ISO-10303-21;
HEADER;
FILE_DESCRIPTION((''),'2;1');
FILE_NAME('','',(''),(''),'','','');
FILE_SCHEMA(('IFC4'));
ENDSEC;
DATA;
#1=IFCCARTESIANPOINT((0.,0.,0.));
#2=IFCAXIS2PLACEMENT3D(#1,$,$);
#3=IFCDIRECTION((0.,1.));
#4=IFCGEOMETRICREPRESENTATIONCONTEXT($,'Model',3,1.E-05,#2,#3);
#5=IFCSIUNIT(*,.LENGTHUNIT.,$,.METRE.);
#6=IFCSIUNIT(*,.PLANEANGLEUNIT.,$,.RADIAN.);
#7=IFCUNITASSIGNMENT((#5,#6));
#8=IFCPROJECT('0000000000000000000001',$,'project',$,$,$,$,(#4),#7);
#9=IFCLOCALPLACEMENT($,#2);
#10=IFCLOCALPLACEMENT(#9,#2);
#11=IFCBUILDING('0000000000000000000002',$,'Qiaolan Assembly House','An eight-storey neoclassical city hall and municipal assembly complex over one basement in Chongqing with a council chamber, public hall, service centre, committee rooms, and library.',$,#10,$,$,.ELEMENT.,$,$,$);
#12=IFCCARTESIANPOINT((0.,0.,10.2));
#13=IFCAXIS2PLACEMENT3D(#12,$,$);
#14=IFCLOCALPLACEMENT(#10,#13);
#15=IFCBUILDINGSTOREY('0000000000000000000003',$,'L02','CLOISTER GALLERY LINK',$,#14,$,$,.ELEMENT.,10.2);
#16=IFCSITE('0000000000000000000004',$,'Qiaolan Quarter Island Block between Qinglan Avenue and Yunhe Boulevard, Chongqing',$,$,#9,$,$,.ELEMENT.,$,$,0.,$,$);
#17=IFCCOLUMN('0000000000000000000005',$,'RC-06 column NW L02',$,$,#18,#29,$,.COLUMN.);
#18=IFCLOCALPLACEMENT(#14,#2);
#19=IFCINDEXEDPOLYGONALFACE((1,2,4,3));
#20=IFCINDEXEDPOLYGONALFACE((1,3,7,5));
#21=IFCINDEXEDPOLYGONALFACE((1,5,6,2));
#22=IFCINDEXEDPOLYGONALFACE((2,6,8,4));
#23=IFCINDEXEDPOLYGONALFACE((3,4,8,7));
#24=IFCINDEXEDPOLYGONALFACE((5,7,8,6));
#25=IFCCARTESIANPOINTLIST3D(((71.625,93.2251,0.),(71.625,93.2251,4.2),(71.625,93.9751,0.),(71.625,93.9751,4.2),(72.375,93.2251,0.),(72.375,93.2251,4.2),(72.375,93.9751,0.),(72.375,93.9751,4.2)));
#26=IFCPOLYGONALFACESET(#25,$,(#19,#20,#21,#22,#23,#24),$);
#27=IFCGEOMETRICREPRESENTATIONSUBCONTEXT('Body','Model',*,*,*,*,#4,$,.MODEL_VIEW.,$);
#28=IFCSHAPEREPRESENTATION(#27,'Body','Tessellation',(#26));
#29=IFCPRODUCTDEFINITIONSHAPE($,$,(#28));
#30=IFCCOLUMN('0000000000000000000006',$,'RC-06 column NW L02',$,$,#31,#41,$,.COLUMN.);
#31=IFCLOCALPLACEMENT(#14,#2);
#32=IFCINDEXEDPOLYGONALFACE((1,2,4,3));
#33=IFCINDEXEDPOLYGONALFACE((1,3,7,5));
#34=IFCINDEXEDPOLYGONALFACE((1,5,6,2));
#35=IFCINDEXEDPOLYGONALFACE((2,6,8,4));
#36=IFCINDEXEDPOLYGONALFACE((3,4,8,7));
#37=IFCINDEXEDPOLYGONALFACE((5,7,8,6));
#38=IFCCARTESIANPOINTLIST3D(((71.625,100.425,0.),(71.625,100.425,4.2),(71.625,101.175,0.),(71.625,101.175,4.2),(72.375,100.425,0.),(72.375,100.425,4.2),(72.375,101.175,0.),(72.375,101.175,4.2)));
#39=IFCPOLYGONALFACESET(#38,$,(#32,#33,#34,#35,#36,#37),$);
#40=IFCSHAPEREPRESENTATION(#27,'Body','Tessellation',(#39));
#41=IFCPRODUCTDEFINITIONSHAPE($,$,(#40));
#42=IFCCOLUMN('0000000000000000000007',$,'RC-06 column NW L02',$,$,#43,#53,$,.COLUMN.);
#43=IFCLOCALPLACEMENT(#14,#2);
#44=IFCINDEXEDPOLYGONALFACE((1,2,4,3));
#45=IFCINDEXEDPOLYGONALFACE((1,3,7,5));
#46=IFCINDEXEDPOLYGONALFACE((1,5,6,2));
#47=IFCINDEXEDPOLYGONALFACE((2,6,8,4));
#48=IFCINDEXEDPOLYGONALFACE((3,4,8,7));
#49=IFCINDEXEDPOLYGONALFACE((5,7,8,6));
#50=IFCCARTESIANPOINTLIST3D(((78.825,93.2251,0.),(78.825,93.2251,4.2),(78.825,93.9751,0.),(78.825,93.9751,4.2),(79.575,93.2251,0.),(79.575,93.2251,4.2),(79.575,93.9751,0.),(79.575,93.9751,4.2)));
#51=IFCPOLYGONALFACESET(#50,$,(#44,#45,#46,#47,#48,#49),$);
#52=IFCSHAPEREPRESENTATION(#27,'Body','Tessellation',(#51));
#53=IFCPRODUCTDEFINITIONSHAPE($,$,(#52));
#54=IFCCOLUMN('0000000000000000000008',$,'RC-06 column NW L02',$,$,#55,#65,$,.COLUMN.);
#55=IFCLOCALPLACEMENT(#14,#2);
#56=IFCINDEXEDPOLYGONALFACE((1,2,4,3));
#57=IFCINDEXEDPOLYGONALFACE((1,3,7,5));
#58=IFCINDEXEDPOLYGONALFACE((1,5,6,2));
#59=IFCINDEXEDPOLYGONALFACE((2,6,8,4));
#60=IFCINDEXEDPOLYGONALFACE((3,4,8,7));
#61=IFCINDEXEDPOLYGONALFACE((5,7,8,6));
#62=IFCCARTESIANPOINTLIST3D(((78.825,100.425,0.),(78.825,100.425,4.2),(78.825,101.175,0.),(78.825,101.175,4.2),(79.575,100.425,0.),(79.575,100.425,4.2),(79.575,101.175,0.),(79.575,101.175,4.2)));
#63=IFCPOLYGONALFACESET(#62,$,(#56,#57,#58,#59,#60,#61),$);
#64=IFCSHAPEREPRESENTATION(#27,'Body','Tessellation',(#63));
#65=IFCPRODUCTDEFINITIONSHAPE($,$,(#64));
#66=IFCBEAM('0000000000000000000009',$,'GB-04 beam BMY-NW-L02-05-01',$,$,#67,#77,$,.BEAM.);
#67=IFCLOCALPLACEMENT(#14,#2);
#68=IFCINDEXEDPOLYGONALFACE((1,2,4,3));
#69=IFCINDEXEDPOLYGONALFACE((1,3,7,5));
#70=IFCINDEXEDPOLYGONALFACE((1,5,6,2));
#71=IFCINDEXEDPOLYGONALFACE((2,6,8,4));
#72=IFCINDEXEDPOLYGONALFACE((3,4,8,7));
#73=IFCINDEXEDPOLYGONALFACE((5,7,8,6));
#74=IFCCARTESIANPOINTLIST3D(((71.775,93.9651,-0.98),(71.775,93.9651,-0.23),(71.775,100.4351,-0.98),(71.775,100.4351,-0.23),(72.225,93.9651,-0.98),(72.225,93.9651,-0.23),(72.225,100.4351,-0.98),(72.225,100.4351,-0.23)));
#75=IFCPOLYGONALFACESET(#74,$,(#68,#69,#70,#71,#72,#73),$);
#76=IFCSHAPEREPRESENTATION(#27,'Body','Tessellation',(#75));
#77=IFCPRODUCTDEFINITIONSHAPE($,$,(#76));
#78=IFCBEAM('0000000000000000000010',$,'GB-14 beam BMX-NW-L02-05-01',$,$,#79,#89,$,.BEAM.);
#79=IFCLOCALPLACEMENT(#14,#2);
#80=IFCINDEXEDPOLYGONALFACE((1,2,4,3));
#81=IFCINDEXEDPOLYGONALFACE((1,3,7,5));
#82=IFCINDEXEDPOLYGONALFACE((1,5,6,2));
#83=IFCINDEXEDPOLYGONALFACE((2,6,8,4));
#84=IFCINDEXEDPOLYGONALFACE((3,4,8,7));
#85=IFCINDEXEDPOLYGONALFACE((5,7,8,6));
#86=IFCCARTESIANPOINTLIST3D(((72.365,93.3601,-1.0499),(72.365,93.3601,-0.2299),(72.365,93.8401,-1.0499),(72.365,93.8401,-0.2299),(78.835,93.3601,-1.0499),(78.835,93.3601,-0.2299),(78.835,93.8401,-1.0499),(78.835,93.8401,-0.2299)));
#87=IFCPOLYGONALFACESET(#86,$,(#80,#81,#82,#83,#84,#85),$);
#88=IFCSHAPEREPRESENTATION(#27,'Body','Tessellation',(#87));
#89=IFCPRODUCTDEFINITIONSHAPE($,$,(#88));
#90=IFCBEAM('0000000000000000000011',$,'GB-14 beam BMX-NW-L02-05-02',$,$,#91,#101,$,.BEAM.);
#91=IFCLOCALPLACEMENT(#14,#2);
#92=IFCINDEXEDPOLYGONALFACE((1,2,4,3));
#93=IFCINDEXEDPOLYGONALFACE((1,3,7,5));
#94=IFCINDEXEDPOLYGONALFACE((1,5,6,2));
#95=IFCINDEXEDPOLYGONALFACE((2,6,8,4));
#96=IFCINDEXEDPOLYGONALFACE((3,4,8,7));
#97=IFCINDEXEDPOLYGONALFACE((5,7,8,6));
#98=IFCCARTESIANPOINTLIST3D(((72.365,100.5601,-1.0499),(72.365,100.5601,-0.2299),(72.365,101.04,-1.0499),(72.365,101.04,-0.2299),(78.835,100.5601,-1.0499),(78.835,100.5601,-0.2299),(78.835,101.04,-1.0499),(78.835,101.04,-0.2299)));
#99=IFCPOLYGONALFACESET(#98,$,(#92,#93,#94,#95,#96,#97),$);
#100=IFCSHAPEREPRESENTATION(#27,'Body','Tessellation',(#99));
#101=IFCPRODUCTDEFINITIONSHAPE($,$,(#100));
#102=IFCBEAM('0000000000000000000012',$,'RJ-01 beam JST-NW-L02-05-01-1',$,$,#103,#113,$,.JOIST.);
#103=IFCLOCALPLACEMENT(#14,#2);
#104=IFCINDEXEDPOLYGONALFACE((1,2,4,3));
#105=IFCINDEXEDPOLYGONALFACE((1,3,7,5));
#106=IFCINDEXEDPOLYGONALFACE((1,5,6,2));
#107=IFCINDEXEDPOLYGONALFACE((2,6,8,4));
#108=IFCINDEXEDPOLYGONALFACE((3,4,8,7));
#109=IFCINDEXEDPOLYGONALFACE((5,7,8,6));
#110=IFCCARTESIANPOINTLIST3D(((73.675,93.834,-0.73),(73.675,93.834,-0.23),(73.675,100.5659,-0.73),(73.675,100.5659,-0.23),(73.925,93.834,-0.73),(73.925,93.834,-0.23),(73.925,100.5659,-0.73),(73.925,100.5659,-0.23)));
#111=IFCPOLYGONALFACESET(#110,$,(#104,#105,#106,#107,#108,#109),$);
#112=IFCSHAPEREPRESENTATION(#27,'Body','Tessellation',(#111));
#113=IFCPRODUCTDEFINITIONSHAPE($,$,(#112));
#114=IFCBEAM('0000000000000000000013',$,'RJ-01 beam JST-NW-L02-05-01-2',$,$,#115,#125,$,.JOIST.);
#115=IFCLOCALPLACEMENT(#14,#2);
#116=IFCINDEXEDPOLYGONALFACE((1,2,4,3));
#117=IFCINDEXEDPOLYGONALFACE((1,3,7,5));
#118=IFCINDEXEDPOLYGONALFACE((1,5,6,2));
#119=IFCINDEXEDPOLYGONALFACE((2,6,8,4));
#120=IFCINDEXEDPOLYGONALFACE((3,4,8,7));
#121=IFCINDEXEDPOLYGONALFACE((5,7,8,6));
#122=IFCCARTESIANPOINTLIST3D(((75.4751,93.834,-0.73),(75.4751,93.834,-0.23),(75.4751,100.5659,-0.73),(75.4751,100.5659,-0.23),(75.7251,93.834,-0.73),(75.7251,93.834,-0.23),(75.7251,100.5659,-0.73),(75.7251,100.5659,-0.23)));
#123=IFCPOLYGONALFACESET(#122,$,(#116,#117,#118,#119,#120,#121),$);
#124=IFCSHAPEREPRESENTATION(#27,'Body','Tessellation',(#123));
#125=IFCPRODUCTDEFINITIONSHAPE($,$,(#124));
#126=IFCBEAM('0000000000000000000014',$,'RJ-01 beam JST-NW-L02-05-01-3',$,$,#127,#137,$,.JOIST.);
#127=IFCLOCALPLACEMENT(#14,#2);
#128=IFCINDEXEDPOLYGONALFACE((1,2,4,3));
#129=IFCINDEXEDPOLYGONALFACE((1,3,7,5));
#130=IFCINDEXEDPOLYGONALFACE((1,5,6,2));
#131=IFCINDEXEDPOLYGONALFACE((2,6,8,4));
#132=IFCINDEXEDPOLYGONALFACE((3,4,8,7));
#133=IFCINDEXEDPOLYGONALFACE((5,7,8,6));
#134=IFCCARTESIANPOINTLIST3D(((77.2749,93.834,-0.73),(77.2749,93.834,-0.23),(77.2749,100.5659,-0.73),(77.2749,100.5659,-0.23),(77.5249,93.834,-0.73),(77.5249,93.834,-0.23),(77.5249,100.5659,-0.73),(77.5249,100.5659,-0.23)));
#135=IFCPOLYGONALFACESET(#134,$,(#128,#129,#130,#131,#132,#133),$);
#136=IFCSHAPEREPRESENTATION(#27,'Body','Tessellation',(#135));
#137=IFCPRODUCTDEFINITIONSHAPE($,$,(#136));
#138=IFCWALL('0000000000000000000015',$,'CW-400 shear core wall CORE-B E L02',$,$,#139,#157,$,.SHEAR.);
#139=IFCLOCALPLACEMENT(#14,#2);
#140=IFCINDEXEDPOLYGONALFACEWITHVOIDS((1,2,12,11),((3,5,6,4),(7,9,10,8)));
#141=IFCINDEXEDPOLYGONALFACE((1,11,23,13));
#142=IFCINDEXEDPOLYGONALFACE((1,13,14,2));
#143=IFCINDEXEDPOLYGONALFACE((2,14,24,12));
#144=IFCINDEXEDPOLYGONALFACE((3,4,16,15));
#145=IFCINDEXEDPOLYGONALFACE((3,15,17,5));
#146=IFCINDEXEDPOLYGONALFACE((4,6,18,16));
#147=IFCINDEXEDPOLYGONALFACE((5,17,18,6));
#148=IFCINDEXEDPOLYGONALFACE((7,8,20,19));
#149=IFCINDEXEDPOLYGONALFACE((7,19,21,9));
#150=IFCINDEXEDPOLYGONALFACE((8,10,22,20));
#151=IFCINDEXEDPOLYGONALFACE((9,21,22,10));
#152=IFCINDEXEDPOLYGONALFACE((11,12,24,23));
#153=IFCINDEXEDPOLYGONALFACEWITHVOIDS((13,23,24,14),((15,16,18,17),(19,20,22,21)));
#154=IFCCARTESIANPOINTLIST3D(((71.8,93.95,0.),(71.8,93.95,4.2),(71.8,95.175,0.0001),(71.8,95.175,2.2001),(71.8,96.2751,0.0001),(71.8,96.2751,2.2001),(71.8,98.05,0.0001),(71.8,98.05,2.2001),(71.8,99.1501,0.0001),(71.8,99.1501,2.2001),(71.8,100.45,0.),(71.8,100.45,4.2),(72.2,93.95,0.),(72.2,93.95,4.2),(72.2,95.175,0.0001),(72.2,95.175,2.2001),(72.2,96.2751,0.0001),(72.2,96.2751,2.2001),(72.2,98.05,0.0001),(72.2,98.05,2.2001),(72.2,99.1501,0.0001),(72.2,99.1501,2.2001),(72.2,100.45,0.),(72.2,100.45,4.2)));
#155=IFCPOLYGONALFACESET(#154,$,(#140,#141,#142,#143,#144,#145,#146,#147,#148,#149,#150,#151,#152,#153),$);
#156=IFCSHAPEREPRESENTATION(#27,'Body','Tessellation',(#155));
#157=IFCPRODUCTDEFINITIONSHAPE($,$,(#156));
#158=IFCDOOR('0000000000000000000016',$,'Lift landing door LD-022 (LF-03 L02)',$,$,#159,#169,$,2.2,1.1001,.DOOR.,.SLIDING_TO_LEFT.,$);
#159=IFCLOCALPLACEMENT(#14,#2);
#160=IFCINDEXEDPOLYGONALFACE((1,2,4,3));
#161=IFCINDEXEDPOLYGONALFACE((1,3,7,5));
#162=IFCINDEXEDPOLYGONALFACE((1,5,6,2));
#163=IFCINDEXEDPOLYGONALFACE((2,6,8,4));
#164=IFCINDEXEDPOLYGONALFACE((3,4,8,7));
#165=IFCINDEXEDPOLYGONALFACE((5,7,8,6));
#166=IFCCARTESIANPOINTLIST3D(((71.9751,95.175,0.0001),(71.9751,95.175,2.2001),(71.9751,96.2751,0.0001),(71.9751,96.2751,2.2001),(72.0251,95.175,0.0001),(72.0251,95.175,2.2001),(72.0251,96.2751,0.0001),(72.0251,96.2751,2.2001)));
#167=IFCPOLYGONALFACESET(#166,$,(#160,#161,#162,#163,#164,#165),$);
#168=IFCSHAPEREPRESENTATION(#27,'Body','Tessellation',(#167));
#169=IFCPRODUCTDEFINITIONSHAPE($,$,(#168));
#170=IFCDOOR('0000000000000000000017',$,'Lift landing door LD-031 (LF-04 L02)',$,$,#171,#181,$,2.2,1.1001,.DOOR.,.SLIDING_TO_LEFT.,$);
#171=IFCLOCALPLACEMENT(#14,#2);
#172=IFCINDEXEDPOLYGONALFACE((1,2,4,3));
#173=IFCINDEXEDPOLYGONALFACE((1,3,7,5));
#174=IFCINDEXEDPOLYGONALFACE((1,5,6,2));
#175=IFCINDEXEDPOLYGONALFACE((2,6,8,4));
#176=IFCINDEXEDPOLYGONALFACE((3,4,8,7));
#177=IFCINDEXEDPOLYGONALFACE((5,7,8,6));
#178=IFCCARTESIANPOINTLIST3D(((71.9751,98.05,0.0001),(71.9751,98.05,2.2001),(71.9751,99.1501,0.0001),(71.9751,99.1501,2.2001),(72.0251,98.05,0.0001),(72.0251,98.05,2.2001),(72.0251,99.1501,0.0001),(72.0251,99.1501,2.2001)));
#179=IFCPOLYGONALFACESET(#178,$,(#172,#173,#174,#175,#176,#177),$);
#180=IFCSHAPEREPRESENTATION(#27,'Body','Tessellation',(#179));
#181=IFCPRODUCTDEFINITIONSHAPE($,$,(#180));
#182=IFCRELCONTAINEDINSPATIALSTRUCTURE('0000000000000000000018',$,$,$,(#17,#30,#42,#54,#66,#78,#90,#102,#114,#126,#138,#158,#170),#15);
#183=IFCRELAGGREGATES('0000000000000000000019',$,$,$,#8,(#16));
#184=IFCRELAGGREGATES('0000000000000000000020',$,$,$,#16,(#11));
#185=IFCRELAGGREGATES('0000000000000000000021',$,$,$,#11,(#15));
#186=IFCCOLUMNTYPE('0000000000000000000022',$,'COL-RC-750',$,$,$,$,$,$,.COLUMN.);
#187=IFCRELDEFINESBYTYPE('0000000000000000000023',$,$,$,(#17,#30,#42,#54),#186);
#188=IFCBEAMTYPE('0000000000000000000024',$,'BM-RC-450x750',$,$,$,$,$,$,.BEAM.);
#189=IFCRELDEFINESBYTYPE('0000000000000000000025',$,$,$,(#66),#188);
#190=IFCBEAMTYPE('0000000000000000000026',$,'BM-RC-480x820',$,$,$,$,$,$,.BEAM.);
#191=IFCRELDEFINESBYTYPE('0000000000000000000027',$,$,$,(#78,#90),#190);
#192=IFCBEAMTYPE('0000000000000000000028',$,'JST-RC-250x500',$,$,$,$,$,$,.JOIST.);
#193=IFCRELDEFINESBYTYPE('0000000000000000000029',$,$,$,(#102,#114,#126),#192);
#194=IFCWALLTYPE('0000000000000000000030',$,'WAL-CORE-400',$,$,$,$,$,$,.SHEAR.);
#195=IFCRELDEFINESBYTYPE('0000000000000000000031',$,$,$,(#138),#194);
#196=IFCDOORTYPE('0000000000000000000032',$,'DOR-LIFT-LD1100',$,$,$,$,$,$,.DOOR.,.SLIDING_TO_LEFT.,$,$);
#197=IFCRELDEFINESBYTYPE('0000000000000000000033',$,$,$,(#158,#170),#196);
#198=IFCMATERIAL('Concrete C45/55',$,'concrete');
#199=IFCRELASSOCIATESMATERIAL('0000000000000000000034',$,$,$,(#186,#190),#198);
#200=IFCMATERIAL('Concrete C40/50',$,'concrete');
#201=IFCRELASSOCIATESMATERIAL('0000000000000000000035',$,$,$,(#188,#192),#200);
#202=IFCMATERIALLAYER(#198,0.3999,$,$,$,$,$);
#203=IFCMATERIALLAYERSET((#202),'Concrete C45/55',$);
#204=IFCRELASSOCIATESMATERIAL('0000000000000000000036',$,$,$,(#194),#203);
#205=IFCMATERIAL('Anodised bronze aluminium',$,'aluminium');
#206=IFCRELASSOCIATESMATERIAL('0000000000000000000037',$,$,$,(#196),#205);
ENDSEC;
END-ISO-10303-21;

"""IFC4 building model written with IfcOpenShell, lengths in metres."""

from ifc_helpers import new_model, si_unit, direction, frame, frame_2d, origin, origin_2d, place, context, subcontext, project, spatial, rectangle, extrude, material, layer, layer_set, material_profile, profile_set, type_object, element, fill, save


model = new_model("IFC4")

# Units and contexts
model_context = context("Model", 3, precision=1e-05, world=origin(), true_north=direction((0.0, 1.0)))
body_context = subcontext(model_context, "Body", "Model", "MODEL_VIEW")
ifc_project = project(units=[si_unit("LENGTHUNIT", "METRE"), si_unit("PLANEANGLEUNIT", "RADIAN")], contexts=[model_context])

# Site, building, storey
site_placement = place(None, origin())
site = spatial("IfcSite", under=ifc_project, at=site_placement, Name="Qiaolan Quarter Island Block between Qinglan Avenue and Yunhe Boulevard, Chongqing", CompositionType="ELEMENT", RefElevation=0.0)
building_placement = place(site_placement, origin())
building = spatial("IfcBuilding", under=site, at=building_placement, Name="Qiaolan Assembly House", Description="An eight-storey neoclassical city hall and municipal assembly complex over one basement in Chongqing with a council chamber, public hall, service centre, committee rooms, and library.", CompositionType="ELEMENT")
storey_placement = place(building_placement, frame((0.0, 0.0, 10.2)))
storey = spatial("IfcBuildingStorey", under=building, at=storey_placement, Name="L02", Description="CLOISTER GALLERY LINK", CompositionType="ELEMENT", Elevation=10.2)

# Columns
ifc_material_1 = material(Name="Concrete C45/55", Category="concrete")
ifc_material_profile_1 = material_profile(ifc_material_1, rectangle(XDim=0.75, YDim=0.75, at=origin_2d()), Name="RC 750x750")
ifc_profile_set_1 = profile_set([ifc_material_profile_1], Name="Concrete C45/55")
column_type = type_object("IfcColumnType", Name="COL-RC-750", PredefinedType="COLUMN", material=ifc_profile_set_1)
for number, where, z_axis, x_axis, name in (
    (1, (72.0, 93.6001, 0.0), (0.0, 0.0, 1.0), (1.0, 0.0, 0.0), "RC-06 column NW L02"),
    (2, (72.0, 100.8, 0.0), (0.0, 0.0, 1.0), (1.0, 0.0, 0.0), "RC-06 column NW L02"),
    (3, (79.2, 93.6001, 0.0), (0.0, 0.0, 1.0), (1.0, 0.0, 0.0), "RC-06 column NW L02"),
    (4, (79.2, 100.8, 0.0), (0.0, 0.0, 1.0), (1.0, 0.0, 0.0), "RC-06 column NW L02"),
):
    element("IfcColumn", number, at=place(storey_placement, frame(where, z_axis=z_axis, x_axis=x_axis)), inside=storey, type_object=column_type, Name=name, PredefinedType="COLUMN", context=body_context, shape_type="SweptSolid", body=[
        extrude(rectangle(XDim=0.75, YDim=0.75, at=origin_2d()), origin(), (0.0, 0.0, 1.0), 4.2),
    ])

# Beams
ifc_material_2 = material(Name="Concrete C40/50", Category="concrete")
ifc_material_profile_2 = material_profile(ifc_material_2, rectangle(XDim=0.45, YDim=0.75, at=origin_2d()), Name="RCB 450x750")
ifc_profile_set_2 = profile_set([ifc_material_profile_2], Name="Concrete C40/50")
beam_type_1 = type_object("IfcBeamType", Name="BM-RC-450x750", PredefinedType="BEAM", material=ifc_profile_set_2)
beam_placement = place(storey_placement, frame((72.0, 93.9651, -0.605), z_axis=(0.0, 1.0, 0.0), x_axis=(-1.0, 0.0, 0.0)))
element("IfcBeam", 5, at=beam_placement, inside=storey, type_object=beam_type_1, Name="GB-04 beam BMY-NW-L02-05-01", PredefinedType="BEAM", context=body_context, shape_type="SweptSolid", body=[
    extrude(rectangle(XDim=0.45, YDim=0.75, at=origin_2d()), origin(), (0.0, 0.0, 1.0), 6.47),
])
ifc_material_profile_3 = material_profile(ifc_material_1, rectangle(XDim=0.48, YDim=0.8201, at=origin_2d()), Name="RCB 480x820")
ifc_profile_set_3 = profile_set([ifc_material_profile_3], Name="Concrete C45/55")
beam_type_2 = type_object("IfcBeamType", Name="BM-RC-480x820", PredefinedType="BEAM", material=ifc_profile_set_3)
for number, where, z_axis, x_axis, name in (
    (6, (72.365, 93.6001, -0.6399), (1.0, 0.0, 0.0), (0.0, 1.0, 0.0), "GB-14 beam BMX-NW-L02-05-01"),
    (7, (72.365, 100.8, -0.6399), (1.0, 0.0, 0.0), (0.0, 1.0, 0.0), "GB-14 beam BMX-NW-L02-05-02"),
):
    element("IfcBeam", number, at=place(storey_placement, frame(where, z_axis=z_axis, x_axis=x_axis)), inside=storey, type_object=beam_type_2, Name=name, PredefinedType="BEAM", context=body_context, shape_type="SweptSolid", body=[
        extrude(rectangle(XDim=0.48, YDim=0.8201, at=origin_2d()), origin(), (0.0, 0.0, 1.0), 6.47),
    ])
ifc_material_profile_4 = material_profile(ifc_material_2, rectangle(XDim=0.25, YDim=0.5, at=origin_2d()), Name="RCB 250x500")
ifc_profile_set_4 = profile_set([ifc_material_profile_4], Name="Concrete C40/50")
beam_type_3 = type_object("IfcBeamType", Name="JST-RC-250x500", PredefinedType="JOIST", material=ifc_profile_set_4)
for number, where, z_axis, x_axis, name in (
    (8, (73.8, 93.834, -0.48), (0.0, 1.0, 0.0), (-1.0, 0.0, 0.0), "RJ-01 beam JST-NW-L02-05-01-1"),
    (9, (75.6001, 93.834, -0.48), (0.0, 1.0, 0.0), (-1.0, 0.0, 0.0), "RJ-01 beam JST-NW-L02-05-01-2"),
    (10, (77.3999, 93.834, -0.48), (0.0, 1.0, 0.0), (-1.0, 0.0, 0.0), "RJ-01 beam JST-NW-L02-05-01-3"),
):
    element("IfcBeam", number, at=place(storey_placement, frame(where, z_axis=z_axis, x_axis=x_axis)), inside=storey, type_object=beam_type_3, Name=name, PredefinedType="JOIST", context=body_context, shape_type="SweptSolid", body=[
        extrude(rectangle(XDim=0.25, YDim=0.5, at=origin_2d()), origin(), (0.0, 0.0, 1.0), 6.7319),
    ])

# Wall, openings, doors
ifc_layer_1 = layer(ifc_material_1, 0.3999)
ifc_layer_set_1 = layer_set([ifc_layer_1], Name="Concrete C45/55")
wall_type_1 = type_object("IfcWallType", Name="WAL-CORE-400", PredefinedType="SHEAR", material=ifc_layer_set_1)
wall_1_placement = place(storey_placement, frame((72.0, 93.95, 0.0), z_axis=(0.0, 0.0, 1.0), x_axis=(0.0, 1.0, 0.0)))
wall_1 = element("IfcWall", 11, at=wall_1_placement, inside=storey, type_object=wall_type_1, Name="CW-400 shear core wall CORE-B E L02", PredefinedType="SHEAR", context=body_context, shape_type="SweptSolid", body=[
    extrude(rectangle(XDim=6.5, YDim=0.3999, at=frame_2d((3.25, 0.0))), origin(), (0.0, 0.0, 1.0), 4.2),
])
opening_1_placement = place(wall_1_placement, frame((1.2251, 0.0, 0.0)))
opening_1 = element("IfcOpeningElement", 12, at=opening_1_placement, cuts=wall_1, PredefinedType="OPENING", context=body_context, shape_type="SweptSolid", body=[
    extrude(rectangle(XDim=1.1001, YDim=2.2, at=frame_2d((0.55, 1.1001))), frame((0.0, 0.21, 0.0), z_axis=(0.0, -1.0, 0.0), x_axis=(1.0, 0.0, 0.0)), (0.0, 0.0, 1.0), 0.4199),
])
opening_2_placement = place(wall_1_placement, frame((4.1001, 0.0, 0.0)))
opening_2 = element("IfcOpeningElement", 13, at=opening_2_placement, cuts=wall_1, PredefinedType="OPENING", context=body_context, shape_type="SweptSolid", body=[
    extrude(rectangle(XDim=1.1001, YDim=2.2, at=frame_2d((0.55, 1.1001))), frame((0.0, 0.21, 0.0), z_axis=(0.0, -1.0, 0.0), x_axis=(1.0, 0.0, 0.0)), (0.0, 0.0, 1.0), 0.4199),
])
ifc_material_3 = material(Name="Anodised bronze aluminium", Category="aluminium")
door_type_1 = type_object("IfcDoorType", Name="DOR-LIFT-LD1100", OperationType="SLIDING_TO_LEFT", PredefinedType="DOOR", material=ifc_material_3)
door_1_placement = place(opening_1_placement, origin())
door_1 = element("IfcDoor", 14, at=door_1_placement, inside=storey, type_object=door_type_1, Name="Lift landing door LD-022 (LF-03 L02)", OperationType="SLIDING_TO_LEFT", OverallHeight=2.2, OverallWidth=1.1001, PredefinedType="DOOR", context=body_context, shape_type="SweptSolid", body=[
    extrude(rectangle(XDim=1.1001, YDim=2.2, at=frame_2d((0.55, 1.1001))), frame((0.0, 0.0249, 0.0), z_axis=(0.0, -1.0, 0.0), x_axis=(1.0, 0.0, 0.0)), (0.0, 0.0, 1.0), 0.05),
])
fill(opening_1, door_1)
door_2_placement = place(opening_2_placement, origin())
door_2 = element("IfcDoor", 15, at=door_2_placement, inside=storey, type_object=door_type_1, Name="Lift landing door LD-031 (LF-04 L02)", OperationType="SLIDING_TO_LEFT", OverallHeight=2.2, OverallWidth=1.1001, PredefinedType="DOOR", context=body_context, shape_type="SweptSolid", body=[
    extrude(rectangle(XDim=1.1001, YDim=2.2, at=frame_2d((0.55, 1.1001))), frame((0.0, 0.0249, 0.0), z_axis=(0.0, -1.0, 0.0), x_axis=(1.0, 0.0, 0.0)), (0.0, 0.0, 1.0), 0.05),
])
fill(opening_2, door_2)

save(model, "model.ifc")
